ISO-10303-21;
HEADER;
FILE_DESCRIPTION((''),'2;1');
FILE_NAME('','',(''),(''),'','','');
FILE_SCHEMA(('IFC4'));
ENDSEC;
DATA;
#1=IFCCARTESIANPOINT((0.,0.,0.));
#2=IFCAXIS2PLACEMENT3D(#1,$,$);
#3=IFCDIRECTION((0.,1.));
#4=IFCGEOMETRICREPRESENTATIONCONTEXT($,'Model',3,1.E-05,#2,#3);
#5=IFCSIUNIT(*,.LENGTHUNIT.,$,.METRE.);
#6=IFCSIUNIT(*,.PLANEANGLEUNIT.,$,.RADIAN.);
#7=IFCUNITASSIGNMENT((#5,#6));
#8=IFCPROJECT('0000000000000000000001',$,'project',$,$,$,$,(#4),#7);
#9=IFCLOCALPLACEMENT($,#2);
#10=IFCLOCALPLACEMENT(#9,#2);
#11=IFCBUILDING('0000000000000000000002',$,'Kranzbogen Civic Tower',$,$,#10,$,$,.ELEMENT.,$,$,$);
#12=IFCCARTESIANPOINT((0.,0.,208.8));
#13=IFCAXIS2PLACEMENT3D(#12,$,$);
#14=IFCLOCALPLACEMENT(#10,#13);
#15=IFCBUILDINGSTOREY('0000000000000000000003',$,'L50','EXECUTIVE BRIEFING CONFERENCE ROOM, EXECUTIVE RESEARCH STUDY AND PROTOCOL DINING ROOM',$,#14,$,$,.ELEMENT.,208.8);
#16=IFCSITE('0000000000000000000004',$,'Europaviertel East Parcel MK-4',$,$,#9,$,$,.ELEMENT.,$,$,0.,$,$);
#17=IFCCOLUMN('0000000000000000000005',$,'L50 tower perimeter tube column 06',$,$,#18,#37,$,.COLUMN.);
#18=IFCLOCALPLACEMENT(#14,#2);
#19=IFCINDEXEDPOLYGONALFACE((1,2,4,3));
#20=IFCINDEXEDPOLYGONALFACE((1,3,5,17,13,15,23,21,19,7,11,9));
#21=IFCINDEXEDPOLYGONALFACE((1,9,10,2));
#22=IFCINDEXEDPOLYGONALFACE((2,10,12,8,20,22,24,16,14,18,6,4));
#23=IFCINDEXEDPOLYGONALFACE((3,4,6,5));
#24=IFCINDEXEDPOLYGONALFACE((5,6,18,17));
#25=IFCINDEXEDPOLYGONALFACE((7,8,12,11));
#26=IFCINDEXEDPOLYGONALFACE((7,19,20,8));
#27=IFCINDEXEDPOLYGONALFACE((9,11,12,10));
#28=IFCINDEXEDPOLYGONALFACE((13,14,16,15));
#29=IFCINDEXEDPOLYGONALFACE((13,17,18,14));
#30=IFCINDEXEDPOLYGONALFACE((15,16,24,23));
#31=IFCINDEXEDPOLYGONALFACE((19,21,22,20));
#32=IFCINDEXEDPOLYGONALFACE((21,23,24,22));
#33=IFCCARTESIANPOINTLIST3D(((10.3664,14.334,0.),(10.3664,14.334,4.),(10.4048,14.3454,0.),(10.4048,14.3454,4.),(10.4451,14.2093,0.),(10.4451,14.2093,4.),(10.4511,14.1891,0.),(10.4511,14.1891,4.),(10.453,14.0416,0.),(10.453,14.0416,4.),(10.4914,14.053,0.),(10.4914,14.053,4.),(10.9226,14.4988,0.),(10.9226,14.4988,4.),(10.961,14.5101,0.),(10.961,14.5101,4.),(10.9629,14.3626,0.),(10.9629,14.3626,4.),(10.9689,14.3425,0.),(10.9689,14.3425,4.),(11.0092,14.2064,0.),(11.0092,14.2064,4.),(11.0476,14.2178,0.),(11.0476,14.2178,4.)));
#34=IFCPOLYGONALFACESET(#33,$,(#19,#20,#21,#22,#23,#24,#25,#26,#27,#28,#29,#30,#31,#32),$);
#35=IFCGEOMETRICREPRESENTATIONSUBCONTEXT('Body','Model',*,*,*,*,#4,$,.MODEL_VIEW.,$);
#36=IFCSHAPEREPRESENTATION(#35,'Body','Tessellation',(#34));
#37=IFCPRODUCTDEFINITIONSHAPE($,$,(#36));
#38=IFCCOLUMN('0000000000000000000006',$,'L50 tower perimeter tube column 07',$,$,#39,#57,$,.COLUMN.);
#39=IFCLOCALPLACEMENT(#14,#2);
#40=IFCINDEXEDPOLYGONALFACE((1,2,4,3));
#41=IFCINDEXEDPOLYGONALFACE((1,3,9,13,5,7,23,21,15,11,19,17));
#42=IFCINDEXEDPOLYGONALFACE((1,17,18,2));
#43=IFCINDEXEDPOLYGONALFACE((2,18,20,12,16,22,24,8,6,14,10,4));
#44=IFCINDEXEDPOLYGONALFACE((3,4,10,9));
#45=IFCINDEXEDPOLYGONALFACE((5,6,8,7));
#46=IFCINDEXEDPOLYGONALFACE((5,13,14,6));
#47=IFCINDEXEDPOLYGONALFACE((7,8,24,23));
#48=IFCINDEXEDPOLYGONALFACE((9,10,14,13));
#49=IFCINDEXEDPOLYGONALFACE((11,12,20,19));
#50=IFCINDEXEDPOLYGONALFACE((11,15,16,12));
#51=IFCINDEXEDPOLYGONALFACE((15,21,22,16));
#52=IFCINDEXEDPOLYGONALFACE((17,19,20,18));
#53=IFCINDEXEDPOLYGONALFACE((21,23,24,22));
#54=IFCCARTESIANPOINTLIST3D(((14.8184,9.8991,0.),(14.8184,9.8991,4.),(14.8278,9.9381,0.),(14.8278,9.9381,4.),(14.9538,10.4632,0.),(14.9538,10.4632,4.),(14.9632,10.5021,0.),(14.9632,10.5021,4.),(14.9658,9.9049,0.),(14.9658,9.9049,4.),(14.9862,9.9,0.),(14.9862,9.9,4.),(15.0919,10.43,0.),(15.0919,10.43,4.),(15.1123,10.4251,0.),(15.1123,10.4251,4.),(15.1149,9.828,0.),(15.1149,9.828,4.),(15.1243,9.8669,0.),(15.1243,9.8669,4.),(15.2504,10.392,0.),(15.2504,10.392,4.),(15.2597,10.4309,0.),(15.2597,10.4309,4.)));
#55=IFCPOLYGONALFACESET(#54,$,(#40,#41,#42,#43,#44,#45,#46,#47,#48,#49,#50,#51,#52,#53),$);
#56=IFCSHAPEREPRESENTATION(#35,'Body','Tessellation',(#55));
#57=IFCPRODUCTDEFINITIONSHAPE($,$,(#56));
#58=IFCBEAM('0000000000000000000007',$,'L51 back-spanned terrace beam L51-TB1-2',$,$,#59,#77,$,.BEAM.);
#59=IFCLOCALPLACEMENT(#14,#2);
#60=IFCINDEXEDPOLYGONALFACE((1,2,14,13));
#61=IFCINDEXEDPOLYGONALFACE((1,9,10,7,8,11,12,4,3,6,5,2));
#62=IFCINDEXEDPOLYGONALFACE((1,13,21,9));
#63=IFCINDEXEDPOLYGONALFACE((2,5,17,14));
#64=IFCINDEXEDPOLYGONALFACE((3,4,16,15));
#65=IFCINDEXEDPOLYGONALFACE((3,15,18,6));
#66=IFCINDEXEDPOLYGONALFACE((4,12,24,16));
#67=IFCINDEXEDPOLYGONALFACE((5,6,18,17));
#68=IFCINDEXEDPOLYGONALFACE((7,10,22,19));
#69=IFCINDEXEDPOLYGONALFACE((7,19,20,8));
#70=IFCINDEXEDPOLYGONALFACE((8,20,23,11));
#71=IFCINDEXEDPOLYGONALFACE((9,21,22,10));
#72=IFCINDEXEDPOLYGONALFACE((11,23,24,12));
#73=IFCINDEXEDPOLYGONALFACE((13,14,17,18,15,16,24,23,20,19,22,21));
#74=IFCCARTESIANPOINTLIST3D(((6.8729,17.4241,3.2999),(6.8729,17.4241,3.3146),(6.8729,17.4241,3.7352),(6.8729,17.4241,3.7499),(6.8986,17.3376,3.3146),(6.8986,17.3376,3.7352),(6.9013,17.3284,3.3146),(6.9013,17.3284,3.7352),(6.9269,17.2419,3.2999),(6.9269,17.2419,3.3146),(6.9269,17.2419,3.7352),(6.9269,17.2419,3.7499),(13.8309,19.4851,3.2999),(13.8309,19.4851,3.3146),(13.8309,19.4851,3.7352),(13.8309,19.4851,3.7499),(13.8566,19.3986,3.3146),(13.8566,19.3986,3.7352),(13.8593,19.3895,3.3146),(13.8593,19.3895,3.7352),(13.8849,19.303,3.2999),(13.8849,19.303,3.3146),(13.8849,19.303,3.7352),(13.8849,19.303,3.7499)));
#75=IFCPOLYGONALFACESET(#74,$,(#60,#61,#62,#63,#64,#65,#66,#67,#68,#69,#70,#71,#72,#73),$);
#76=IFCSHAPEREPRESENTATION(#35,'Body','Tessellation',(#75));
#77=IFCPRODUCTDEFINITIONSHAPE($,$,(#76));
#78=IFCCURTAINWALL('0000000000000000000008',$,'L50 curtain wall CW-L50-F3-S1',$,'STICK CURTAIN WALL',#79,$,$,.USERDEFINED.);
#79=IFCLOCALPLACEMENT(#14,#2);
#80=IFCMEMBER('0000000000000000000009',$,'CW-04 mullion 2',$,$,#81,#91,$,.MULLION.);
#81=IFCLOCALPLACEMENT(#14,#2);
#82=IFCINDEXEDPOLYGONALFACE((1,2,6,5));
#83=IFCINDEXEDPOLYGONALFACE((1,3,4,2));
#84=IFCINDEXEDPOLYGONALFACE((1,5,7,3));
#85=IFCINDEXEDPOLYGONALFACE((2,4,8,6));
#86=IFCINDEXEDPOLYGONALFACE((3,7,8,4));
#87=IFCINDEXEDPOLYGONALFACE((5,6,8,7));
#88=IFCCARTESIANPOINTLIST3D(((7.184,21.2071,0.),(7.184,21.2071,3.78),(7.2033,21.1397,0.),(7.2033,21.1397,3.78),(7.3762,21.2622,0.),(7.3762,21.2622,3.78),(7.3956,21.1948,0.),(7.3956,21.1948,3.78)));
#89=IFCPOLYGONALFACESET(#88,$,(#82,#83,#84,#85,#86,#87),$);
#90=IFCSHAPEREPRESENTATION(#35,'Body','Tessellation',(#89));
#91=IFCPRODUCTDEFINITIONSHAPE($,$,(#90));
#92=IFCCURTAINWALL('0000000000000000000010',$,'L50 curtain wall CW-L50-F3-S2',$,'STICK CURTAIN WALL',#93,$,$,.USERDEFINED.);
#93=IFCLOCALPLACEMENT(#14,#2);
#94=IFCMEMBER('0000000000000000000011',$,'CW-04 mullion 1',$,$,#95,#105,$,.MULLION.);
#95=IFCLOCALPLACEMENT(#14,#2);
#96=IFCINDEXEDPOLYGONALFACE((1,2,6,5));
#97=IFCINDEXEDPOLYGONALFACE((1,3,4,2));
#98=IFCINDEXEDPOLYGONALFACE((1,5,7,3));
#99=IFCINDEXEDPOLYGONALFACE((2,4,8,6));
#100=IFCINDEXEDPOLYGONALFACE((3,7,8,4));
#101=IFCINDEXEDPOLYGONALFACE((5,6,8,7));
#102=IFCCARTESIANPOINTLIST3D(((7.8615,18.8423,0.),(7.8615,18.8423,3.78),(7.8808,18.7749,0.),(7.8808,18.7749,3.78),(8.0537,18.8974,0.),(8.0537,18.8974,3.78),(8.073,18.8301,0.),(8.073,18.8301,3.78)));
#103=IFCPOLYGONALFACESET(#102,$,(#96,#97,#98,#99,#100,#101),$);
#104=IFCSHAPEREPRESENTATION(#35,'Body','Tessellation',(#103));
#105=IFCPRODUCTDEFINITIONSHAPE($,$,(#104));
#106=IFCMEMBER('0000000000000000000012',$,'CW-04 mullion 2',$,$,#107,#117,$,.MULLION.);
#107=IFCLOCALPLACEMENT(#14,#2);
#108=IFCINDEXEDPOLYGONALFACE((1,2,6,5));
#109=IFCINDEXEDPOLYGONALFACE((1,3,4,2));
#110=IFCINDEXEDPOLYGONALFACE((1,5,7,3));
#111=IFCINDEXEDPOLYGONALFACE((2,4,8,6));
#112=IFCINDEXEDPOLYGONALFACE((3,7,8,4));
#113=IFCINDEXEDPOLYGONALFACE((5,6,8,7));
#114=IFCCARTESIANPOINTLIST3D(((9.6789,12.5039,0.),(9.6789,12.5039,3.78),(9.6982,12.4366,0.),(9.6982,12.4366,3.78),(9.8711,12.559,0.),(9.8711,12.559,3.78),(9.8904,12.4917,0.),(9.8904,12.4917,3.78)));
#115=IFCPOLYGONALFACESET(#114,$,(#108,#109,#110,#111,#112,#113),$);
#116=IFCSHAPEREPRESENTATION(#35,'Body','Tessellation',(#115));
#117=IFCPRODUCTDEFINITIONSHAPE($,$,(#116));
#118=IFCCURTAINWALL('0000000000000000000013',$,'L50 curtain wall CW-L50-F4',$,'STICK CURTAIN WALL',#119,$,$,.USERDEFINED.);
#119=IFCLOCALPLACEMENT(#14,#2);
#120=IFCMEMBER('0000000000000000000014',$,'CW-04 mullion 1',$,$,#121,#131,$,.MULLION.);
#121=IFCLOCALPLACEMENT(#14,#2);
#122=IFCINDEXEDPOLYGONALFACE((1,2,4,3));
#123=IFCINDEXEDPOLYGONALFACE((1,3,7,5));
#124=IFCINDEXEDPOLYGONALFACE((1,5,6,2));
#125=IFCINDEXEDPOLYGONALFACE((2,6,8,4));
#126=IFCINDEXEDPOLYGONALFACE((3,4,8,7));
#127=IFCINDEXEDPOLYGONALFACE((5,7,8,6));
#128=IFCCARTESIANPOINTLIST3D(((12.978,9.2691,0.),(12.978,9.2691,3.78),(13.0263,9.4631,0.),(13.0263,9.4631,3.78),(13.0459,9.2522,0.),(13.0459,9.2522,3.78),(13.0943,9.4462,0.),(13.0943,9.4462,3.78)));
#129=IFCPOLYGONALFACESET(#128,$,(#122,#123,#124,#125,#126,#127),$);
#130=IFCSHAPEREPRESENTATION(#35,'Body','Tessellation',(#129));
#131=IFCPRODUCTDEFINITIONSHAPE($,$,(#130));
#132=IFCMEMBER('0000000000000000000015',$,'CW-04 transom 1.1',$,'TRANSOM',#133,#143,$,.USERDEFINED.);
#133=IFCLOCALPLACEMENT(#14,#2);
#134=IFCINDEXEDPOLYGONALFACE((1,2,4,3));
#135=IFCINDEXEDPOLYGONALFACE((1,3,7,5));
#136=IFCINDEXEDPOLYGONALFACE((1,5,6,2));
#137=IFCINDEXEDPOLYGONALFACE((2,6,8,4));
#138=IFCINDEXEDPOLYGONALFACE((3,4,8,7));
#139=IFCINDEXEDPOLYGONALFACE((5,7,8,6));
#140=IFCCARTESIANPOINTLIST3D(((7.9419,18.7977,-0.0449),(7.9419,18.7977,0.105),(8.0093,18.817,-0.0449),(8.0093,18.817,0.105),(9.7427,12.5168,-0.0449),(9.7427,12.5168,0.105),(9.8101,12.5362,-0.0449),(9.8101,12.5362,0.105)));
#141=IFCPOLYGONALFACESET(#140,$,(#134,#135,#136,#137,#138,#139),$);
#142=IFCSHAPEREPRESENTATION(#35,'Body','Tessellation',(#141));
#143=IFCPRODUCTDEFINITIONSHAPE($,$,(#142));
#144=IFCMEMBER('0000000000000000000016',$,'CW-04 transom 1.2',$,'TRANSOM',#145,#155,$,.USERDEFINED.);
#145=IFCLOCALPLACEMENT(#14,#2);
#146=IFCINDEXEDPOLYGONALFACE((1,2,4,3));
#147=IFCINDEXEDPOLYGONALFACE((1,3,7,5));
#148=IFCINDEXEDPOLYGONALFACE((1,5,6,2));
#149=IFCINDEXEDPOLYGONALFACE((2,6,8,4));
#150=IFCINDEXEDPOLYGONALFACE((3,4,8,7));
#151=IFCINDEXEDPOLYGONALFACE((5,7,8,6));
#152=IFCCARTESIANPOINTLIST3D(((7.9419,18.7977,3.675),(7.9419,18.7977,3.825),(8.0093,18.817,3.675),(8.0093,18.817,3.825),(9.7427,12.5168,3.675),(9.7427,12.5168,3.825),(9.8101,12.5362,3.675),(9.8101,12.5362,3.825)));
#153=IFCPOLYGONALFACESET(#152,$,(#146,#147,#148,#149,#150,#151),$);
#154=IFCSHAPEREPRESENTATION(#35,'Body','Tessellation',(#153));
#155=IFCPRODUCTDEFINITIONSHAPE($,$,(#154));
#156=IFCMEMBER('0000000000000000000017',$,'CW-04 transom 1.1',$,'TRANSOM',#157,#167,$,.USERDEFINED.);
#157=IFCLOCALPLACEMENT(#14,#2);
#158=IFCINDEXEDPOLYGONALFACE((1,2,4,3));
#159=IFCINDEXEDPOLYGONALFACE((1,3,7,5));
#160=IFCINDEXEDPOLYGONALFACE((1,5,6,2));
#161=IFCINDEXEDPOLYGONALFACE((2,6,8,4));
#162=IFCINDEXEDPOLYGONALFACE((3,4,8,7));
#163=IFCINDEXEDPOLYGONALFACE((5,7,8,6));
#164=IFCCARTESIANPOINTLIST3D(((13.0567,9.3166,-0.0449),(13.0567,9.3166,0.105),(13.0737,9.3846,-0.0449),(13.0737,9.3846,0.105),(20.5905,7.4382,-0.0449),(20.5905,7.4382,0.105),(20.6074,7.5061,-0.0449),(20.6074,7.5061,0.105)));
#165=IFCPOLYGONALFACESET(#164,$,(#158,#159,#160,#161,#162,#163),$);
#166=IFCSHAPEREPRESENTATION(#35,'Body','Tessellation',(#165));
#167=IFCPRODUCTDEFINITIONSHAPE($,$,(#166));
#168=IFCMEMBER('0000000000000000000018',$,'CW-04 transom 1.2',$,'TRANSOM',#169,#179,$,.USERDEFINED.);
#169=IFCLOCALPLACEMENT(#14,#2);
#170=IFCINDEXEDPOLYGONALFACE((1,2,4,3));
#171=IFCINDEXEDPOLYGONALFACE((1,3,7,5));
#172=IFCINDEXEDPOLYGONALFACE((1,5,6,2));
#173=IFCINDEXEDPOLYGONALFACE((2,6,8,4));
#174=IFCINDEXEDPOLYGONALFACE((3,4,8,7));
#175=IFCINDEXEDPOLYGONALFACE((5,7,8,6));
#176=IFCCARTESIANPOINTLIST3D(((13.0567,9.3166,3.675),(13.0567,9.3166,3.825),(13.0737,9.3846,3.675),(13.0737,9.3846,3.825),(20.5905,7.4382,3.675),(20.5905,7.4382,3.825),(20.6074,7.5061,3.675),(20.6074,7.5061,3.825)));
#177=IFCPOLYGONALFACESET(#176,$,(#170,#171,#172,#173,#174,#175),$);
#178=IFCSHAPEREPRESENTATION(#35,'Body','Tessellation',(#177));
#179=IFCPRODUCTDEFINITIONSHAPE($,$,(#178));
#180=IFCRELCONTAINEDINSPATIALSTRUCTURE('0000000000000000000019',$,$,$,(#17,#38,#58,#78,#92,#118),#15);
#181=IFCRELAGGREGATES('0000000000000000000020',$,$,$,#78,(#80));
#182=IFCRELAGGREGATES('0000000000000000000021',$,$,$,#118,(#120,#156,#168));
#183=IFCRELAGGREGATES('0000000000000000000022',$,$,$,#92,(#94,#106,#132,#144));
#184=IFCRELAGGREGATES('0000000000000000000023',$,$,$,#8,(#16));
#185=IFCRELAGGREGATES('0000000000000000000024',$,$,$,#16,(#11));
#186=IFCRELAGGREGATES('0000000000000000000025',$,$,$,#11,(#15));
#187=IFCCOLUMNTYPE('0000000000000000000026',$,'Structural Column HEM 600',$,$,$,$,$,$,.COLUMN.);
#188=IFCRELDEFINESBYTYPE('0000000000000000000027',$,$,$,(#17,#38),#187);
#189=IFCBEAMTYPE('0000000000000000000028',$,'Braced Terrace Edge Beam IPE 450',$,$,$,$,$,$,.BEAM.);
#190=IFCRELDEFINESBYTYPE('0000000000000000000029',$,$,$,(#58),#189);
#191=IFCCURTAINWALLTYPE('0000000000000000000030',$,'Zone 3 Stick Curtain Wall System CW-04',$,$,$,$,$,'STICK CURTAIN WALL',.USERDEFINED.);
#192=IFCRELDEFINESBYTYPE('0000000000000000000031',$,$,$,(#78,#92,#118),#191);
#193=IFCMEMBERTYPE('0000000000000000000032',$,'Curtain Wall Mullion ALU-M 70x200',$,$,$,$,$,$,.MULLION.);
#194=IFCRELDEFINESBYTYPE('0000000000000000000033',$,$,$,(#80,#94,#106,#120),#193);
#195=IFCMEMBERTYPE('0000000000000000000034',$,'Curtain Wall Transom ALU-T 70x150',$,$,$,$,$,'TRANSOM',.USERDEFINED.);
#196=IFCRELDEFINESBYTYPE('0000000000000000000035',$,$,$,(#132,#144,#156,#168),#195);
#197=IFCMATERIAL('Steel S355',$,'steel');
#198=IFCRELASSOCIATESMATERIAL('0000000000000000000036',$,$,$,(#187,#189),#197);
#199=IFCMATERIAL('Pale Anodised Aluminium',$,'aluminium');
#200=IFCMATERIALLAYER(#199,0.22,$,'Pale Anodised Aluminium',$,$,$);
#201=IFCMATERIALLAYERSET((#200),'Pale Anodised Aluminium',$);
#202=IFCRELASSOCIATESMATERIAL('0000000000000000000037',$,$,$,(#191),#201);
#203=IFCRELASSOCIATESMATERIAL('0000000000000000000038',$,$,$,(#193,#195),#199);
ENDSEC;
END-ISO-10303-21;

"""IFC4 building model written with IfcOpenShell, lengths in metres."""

from ifc_helpers import new_model, si_unit, direction, frame, origin, origin_2d, place, context, subcontext, project, spatial, rectangle, i_section, extrude, material, layer, layer_set, material_profile, profile_set, type_object, element, aggregate, save


model = new_model("IFC4")

# Units and contexts
model_context = context("Model", 3, precision=1e-05, world=origin(), true_north=direction((0.0, 1.0)))
body_context = subcontext(model_context, "Body", "Model", "MODEL_VIEW")
ifc_project = project(units=[si_unit("LENGTHUNIT", "METRE"), si_unit("PLANEANGLEUNIT", "RADIAN")], contexts=[model_context])

# Site, building, storey
site_placement = place(None, origin())
site = spatial("IfcSite", under=ifc_project, at=site_placement, Name="Europaviertel East Parcel MK-4", CompositionType="ELEMENT", RefElevation=0.0)
building_placement = place(site_placement, origin())
building = spatial("IfcBuilding", under=site, at=building_placement, Name="Kranzbogen Civic Tower", CompositionType="ELEMENT")
storey_placement = place(building_placement, frame((0.0, 0.0, 208.8)))
storey = spatial("IfcBuildingStorey", under=building, at=storey_placement, Name="L50", Description="EXECUTIVE BRIEFING CONFERENCE ROOM, EXECUTIVE RESEARCH STUDY AND PROTOCOL DINING ROOM", CompositionType="ELEMENT", Elevation=208.8)

# Columns
ifc_material_1 = material(Name="Steel S355", Category="steel")
ifc_material_profile_1 = material_profile(ifc_material_1, i_section(OverallWidth=0.3049, OverallDepth=0.6201, WebThickness=0.021, FlangeThickness=0.04, at=origin_2d()), Name="HEM 600")
ifc_profile_set_1 = profile_set([ifc_material_profile_1], Name="Steel S355")
column_type = type_object("IfcColumnType", Name="Structural Column HEM 600", PredefinedType="COLUMN", material=ifc_profile_set_1)
for number, where, z_axis, x_axis, name in (
    (1, (10.707, 14.2759, 0.0), (0.0, 0.0, 1.0), (-0.284015, 0.95882, 0.0), "L50 tower perimeter tube column 06"),
    (2, (15.0391, 10.165, 0.0), (0.0, 0.0, 1.0), (-0.97237, 0.233445, 0.0), "L50 tower perimeter tube column 07"),
):
    element("IfcColumn", number, at=place(storey_placement, frame(where, z_axis=z_axis, x_axis=x_axis)), inside=storey, type_object=column_type, Name=name, PredefinedType="COLUMN", context=body_context, shape_type="SweptSolid", body=[
        extrude(i_section(OverallWidth=0.3049, OverallDepth=0.6201, WebThickness=0.021, FlangeThickness=0.04, at=origin_2d()), origin(), (0.0, 0.0, 1.0), 4.0),
    ])

# Beam
ifc_material_profile_2 = material_profile(ifc_material_1, i_section(OverallWidth=0.1899, OverallDepth=0.45, WebThickness=0.0095, FlangeThickness=0.0146, at=origin_2d()), Name="IPE 450")
ifc_profile_set_2 = profile_set([ifc_material_profile_2], Name="Steel S355")
beam_type_1 = type_object("IfcBeamType", Name="Braced Terrace Edge Beam IPE 450", PredefinedType="BEAM", material=ifc_profile_set_2)
beam_1_placement = place(storey_placement, frame((13.8579, 19.394, 3.5249), z_axis=(-0.958821, -0.284013, 0.0), x_axis=(0.284013, -0.958821, 0.0)))
element("IfcBeam", 3, at=beam_1_placement, inside=storey, type_object=beam_type_1, Name="L51 back-spanned terrace beam L51-TB1-2", PredefinedType="BEAM", context=body_context, shape_type="SweptSolid", body=[
    extrude(i_section(OverallWidth=0.1899, OverallDepth=0.45, WebThickness=0.0095, FlangeThickness=0.0146, at=origin_2d()), origin(), (0.0, 0.0, 1.0), 7.2568),
])

# Curtain wall, member
ifc_material_2 = material(Name="Pale Anodised Aluminium", Category="aluminium")
ifc_layer_1 = layer(ifc_material_2, 0.22, Name="Pale Anodised Aluminium")
ifc_layer_set_1 = layer_set([ifc_layer_1], Name="Pale Anodised Aluminium")
curtain_wall_type = type_object("IfcCurtainWallType", Name="Zone 3 Stick Curtain Wall System CW-04", ElementType="STICK CURTAIN WALL", PredefinedType="USERDEFINED", material=ifc_layer_set_1)
curtain_wall_1_placement = place(storey_placement, origin())
curtain_wall_1 = element("IfcCurtainWall", 4, at=curtain_wall_1_placement, inside=storey, type_object=curtain_wall_type, Name="L50 curtain wall CW-L50-F3-S1", ObjectType="STICK CURTAIN WALL", PredefinedType="USERDEFINED")
ifc_material_profile_3 = material_profile(ifc_material_2, rectangle(XDim=0.0701, YDim=0.2, at=origin_2d()), Name="ALU-M 70x200")
ifc_profile_set_3 = profile_set([ifc_material_profile_3], Name="Pale Anodised Aluminium")
member_type_1 = type_object("IfcMemberType", Name="Curtain Wall Mullion ALU-M 70x200", PredefinedType="MULLION", material=ifc_profile_set_3)
member_1_placement = place(storey_placement, frame((7.2898, 21.2009, 0.0), z_axis=(0.0, 0.0, 1.0), x_axis=(0.275594, -0.961274, 0.0)))
member_1 = element("IfcMember", 5, at=member_1_placement, type_object=member_type_1, Name="CW-04 mullion 2", PredefinedType="MULLION", context=body_context, shape_type="SweptSolid", body=[
    extrude(rectangle(XDim=0.0701, YDim=0.2, at=origin_2d()), origin(), (0.0, 0.0, 1.0), 3.78),
])
aggregate(curtain_wall_1, [member_1])

# Curtain wall, members
curtain_wall_2_placement = place(storey_placement, origin())
curtain_wall_2 = element("IfcCurtainWall", 6, at=curtain_wall_2_placement, inside=storey, type_object=curtain_wall_type, Name="L50 curtain wall CW-L50-F3-S2", ObjectType="STICK CURTAIN WALL", PredefinedType="USERDEFINED")
member_2_placement = place(storey_placement, frame((7.9673, 18.8362, 0.0), z_axis=(0.0, 0.0, 1.0), x_axis=(0.275634, -0.961263, 0.0)))
member_2 = element("IfcMember", 7, at=member_2_placement, type_object=member_type_1, Name="CW-04 mullion 1", PredefinedType="MULLION", context=body_context, shape_type="SweptSolid", body=[
    extrude(rectangle(XDim=0.0701, YDim=0.2, at=origin_2d()), origin(), (0.0, 0.0, 1.0), 3.78),
])
member_3_placement = place(storey_placement, frame((9.7847, 12.4978, 0.0), z_axis=(0.0, 0.0, 1.0), x_axis=(0.275634, -0.961263, 0.0)))
member_3 = element("IfcMember", 8, at=member_3_placement, type_object=member_type_1, Name="CW-04 mullion 2", PredefinedType="MULLION", context=body_context, shape_type="SweptSolid", body=[
    extrude(rectangle(XDim=0.0701, YDim=0.2, at=origin_2d()), origin(), (0.0, 0.0, 1.0), 3.78),
])

# Curtain wall, member
curtain_wall_3_placement = place(storey_placement, origin())
curtain_wall_3 = element("IfcCurtainWall", 9, at=curtain_wall_3_placement, inside=storey, type_object=curtain_wall_type, Name="L50 curtain wall CW-L50-F4", ObjectType="STICK CURTAIN WALL", PredefinedType="USERDEFINED")
member_4_placement = place(storey_placement, frame((13.0361, 9.3577, 0.0), z_axis=(0.0, 0.0, 1.0), x_axis=(0.9703, -0.241906, 0.0)))
member_4 = element("IfcMember", 10, at=member_4_placement, type_object=member_type_1, Name="CW-04 mullion 1", PredefinedType="MULLION", context=body_context, shape_type="SweptSolid", body=[
    extrude(rectangle(XDim=0.0701, YDim=0.2, at=origin_2d()), origin(), (0.0, 0.0, 1.0), 3.78),
])

# Members
ifc_material_profile_4 = material_profile(ifc_material_2, rectangle(XDim=0.0701, YDim=0.1499, at=origin_2d()), Name="ALU-T 70x150")
ifc_profile_set_4 = profile_set([ifc_material_profile_4], Name="Pale Anodised Aluminium")
member_type_2 = type_object("IfcMemberType", Name="Curtain Wall Transom ALU-T 70x150", ElementType="TRANSOM", PredefinedType="USERDEFINED", material=ifc_profile_set_4)
member_5_placement = place(storey_placement, frame((7.9756, 18.8074, 0.03), z_axis=(0.275609, -0.96127, 0.0), x_axis=(0.96127, 0.275609, 0.0)))
member_5 = element("IfcMember", 11, at=member_5_placement, type_object=member_type_2, Name="CW-04 transom 1.1", ObjectType="TRANSOM", PredefinedType="USERDEFINED", context=body_context, shape_type="SweptSolid", body=[
    extrude(rectangle(XDim=0.0701, YDim=0.1499, at=origin_2d()), origin(), (0.0, 0.0, 1.0), 6.5339),
])
member_6_placement = place(storey_placement, frame((7.9756, 18.8074, 3.75), z_axis=(0.275609, -0.96127, 0.0), x_axis=(0.96127, 0.275609, 0.0)))
member_6 = element("IfcMember", 12, at=member_6_placement, type_object=member_type_2, Name="CW-04 transom 1.2", ObjectType="TRANSOM", PredefinedType="USERDEFINED", context=body_context, shape_type="SweptSolid", body=[
    extrude(rectangle(XDim=0.0701, YDim=0.1499, at=origin_2d()), origin(), (0.0, 0.0, 1.0), 6.5339),
])
member_7_placement = place(storey_placement, frame((13.0652, 9.3506, 0.03), z_axis=(0.970294, -0.241929, 0.0), x_axis=(0.241929, 0.970294, 0.0)))
member_7 = element("IfcMember", 13, at=member_7_placement, type_object=member_type_2, Name="CW-04 transom 1.1", ObjectType="TRANSOM", PredefinedType="USERDEFINED", context=body_context, shape_type="SweptSolid", body=[
    extrude(rectangle(XDim=0.0701, YDim=0.1499, at=origin_2d()), origin(), (0.0, 0.0, 1.0), 7.7644),
])
member_8_placement = place(storey_placement, frame((13.0652, 9.3506, 3.75), z_axis=(0.970294, -0.241929, 0.0), x_axis=(0.241929, 0.970294, 0.0)))
member_8 = element("IfcMember", 14, at=member_8_placement, type_object=member_type_2, Name="CW-04 transom 1.2", ObjectType="TRANSOM", PredefinedType="USERDEFINED", context=body_context, shape_type="SweptSolid", body=[
    extrude(rectangle(XDim=0.0701, YDim=0.1499, at=origin_2d()), origin(), (0.0, 0.0, 1.0), 7.7644),
])
aggregate(curtain_wall_3, [member_4, member_7, member_8])

aggregate(curtain_wall_2, [member_2, member_3, member_5, member_6])

save(model, "model.ifc")
